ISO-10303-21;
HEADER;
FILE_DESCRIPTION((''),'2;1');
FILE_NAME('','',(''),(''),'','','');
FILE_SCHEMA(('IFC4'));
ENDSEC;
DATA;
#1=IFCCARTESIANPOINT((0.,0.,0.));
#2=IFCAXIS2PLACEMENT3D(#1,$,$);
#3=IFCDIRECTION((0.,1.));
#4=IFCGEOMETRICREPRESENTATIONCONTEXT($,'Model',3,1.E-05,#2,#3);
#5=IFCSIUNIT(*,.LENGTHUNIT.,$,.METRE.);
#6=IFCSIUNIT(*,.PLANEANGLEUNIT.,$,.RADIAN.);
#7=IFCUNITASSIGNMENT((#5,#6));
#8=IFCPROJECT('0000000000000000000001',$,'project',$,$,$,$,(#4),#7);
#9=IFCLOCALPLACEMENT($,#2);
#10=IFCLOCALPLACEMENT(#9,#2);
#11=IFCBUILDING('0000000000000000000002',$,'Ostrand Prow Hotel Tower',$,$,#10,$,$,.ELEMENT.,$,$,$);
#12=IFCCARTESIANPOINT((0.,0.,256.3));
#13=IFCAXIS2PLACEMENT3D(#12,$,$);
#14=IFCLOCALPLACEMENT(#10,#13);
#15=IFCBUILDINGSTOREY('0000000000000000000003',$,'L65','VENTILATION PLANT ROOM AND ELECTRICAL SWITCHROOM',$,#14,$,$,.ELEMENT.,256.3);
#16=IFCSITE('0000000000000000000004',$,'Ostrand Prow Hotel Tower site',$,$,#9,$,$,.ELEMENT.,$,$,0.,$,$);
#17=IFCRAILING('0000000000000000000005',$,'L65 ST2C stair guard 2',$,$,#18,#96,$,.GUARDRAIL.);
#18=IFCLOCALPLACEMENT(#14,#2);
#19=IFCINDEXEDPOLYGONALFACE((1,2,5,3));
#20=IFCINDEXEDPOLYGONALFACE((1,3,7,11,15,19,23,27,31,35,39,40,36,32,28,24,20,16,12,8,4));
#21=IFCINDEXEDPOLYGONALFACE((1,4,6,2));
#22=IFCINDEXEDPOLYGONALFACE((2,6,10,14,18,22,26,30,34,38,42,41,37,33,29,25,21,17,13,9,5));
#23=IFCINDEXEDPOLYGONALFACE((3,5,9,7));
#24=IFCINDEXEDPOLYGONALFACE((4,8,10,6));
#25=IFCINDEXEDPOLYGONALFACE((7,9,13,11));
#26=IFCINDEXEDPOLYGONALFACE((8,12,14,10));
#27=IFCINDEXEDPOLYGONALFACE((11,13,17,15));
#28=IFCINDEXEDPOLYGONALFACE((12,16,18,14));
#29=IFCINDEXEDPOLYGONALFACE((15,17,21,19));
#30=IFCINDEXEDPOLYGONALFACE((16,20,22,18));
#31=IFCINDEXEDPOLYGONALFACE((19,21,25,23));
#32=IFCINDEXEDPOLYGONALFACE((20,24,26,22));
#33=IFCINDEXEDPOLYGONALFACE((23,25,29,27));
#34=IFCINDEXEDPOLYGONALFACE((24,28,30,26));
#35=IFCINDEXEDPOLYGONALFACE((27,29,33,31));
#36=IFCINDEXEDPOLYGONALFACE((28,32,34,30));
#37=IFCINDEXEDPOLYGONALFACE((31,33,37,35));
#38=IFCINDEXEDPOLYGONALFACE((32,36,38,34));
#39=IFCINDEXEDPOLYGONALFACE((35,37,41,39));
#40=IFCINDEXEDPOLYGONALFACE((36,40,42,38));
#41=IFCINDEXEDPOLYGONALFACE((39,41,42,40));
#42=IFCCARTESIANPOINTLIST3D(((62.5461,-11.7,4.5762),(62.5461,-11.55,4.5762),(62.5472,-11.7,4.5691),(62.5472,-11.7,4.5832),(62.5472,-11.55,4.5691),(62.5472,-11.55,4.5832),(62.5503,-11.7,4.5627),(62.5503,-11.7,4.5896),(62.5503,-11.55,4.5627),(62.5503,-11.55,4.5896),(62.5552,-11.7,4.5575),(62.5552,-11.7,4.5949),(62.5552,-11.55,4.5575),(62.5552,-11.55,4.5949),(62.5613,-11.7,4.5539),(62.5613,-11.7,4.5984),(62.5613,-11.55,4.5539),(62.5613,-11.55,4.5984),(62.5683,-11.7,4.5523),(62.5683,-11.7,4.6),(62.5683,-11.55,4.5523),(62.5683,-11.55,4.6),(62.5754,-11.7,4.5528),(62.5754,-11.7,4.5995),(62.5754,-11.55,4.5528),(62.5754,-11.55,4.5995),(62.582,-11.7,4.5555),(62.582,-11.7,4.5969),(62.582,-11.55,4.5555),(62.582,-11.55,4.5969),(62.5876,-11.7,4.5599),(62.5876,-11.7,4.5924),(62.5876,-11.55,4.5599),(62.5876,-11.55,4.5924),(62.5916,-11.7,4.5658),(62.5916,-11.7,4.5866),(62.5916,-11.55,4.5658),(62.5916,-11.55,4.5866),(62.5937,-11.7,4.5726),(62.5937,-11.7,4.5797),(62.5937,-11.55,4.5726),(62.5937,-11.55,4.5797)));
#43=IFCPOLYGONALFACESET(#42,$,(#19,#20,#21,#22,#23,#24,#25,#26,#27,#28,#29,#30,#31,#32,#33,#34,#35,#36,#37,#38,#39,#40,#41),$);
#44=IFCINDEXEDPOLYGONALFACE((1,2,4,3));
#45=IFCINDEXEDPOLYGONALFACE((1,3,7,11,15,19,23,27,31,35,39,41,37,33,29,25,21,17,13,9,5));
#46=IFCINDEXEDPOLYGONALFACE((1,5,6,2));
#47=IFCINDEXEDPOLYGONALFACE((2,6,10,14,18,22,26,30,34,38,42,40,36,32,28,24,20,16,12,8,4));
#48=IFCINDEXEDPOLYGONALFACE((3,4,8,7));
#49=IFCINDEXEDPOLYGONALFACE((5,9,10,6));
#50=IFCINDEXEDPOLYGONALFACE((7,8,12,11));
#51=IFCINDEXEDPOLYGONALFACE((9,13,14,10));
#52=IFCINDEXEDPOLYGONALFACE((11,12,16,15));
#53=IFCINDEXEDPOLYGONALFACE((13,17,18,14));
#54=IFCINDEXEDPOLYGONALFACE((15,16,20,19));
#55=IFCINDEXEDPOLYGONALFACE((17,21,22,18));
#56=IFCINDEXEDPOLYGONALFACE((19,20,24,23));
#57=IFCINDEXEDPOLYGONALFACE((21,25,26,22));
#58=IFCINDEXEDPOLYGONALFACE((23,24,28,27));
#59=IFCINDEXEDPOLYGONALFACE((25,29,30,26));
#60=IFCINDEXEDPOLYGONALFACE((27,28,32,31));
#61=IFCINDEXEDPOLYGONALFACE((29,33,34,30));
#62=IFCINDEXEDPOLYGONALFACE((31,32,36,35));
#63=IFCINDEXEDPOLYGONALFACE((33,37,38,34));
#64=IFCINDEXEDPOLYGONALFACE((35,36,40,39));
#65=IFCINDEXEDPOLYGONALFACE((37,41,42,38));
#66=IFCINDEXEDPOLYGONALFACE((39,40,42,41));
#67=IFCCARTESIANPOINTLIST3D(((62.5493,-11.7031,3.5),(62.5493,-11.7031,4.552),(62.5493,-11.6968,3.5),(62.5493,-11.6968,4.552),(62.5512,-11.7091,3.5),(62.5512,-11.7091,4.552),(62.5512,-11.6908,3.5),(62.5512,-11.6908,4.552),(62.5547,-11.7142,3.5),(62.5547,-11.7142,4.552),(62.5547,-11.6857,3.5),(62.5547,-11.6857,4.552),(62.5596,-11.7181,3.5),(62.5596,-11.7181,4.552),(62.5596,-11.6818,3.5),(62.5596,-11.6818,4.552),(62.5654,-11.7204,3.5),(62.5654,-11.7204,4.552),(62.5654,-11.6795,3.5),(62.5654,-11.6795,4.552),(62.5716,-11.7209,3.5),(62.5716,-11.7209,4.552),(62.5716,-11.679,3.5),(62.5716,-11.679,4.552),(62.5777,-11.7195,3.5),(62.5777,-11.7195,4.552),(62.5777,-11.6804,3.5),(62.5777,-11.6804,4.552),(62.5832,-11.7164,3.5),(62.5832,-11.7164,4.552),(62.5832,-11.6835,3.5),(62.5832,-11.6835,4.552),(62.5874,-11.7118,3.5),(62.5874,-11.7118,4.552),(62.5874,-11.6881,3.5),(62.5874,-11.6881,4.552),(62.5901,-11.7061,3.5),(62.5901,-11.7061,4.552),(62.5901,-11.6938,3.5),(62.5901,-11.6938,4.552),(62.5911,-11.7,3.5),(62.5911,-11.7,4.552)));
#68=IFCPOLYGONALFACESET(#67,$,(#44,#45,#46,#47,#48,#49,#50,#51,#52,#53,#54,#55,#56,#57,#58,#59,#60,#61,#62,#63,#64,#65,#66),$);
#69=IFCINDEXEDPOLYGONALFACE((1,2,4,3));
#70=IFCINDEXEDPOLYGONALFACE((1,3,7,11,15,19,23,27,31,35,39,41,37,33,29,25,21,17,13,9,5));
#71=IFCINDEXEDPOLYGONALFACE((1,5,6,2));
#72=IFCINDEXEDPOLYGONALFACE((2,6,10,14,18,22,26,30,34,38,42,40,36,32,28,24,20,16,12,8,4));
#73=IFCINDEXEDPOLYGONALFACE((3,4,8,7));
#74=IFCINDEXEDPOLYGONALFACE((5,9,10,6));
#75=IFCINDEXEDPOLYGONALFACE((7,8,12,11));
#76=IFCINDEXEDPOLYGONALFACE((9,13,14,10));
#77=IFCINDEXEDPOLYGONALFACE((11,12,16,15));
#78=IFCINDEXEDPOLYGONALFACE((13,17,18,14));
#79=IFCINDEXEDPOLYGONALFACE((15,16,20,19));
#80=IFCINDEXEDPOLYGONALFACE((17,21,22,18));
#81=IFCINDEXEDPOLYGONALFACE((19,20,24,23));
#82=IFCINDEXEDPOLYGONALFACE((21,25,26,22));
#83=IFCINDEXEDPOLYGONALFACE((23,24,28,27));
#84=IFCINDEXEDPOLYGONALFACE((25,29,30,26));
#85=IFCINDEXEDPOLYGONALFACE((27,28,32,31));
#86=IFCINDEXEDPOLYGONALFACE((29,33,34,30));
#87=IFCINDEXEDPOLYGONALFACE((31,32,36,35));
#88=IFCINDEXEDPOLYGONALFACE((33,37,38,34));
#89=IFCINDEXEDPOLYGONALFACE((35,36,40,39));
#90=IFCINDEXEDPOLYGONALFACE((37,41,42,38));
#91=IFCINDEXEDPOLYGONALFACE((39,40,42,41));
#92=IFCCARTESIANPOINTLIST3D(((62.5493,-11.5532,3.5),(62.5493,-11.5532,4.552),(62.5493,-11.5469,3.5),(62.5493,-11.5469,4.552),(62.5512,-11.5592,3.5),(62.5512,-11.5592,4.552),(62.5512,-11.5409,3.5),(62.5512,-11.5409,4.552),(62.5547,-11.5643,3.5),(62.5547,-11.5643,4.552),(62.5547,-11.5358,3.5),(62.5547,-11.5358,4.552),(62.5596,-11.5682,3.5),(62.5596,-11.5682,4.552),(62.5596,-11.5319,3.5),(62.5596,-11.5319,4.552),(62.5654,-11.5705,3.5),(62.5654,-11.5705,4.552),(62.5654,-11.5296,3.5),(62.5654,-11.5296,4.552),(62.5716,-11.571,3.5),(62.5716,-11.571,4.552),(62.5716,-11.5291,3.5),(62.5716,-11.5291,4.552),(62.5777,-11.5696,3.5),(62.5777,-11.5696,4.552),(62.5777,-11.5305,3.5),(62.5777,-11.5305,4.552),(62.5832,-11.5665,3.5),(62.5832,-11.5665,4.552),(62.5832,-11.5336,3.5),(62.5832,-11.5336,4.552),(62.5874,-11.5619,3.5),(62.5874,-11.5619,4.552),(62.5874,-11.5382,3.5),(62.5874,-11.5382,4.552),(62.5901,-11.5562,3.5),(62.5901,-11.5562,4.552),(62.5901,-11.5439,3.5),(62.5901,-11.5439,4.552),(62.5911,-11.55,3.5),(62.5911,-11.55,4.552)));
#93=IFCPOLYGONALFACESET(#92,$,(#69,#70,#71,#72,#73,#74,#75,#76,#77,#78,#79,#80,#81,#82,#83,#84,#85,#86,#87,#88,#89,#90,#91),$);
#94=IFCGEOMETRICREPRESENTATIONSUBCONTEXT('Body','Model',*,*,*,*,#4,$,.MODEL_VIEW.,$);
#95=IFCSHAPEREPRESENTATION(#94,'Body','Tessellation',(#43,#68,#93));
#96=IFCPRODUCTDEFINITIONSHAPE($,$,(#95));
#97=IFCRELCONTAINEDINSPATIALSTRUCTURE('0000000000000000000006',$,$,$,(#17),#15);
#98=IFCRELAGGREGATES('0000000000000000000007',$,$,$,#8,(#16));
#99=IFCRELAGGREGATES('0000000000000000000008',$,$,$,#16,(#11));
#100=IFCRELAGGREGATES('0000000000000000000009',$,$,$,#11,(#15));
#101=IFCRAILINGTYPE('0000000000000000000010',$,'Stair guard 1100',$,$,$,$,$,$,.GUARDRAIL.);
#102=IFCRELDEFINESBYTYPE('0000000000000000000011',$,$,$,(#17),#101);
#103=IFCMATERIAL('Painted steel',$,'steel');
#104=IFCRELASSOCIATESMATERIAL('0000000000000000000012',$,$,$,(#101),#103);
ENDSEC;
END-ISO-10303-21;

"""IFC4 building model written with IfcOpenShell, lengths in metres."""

from ifc_helpers import new_model, si_unit, direction, frame, origin, origin_2d, place, context, subcontext, project, spatial, circle, extrude, material, type_object, element, save


model = new_model("IFC4")

# Units and contexts
model_context = context("Model", 3, precision=1e-05, world=origin(), true_north=direction((0.0, 1.0)))
body_context = subcontext(model_context, "Body", "Model", "MODEL_VIEW")
ifc_project = project(units=[si_unit("LENGTHUNIT", "METRE"), si_unit("PLANEANGLEUNIT", "RADIAN")], contexts=[model_context])

# Site, building, storey
site_placement = place(None, origin())
site = spatial("IfcSite", under=ifc_project, at=site_placement, Name="Ostrand Prow Hotel Tower site", CompositionType="ELEMENT", RefElevation=0.0)
building_placement = place(site_placement, origin())
building = spatial("IfcBuilding", under=site, at=building_placement, Name="Ostrand Prow Hotel Tower", CompositionType="ELEMENT")
storey_placement = place(building_placement, frame((0.0, 0.0, 256.3)))
storey = spatial("IfcBuildingStorey", under=building, at=storey_placement, Name="L65", Description="VENTILATION PLANT ROOM AND ELECTRICAL SWITCHROOM", CompositionType="ELEMENT", Elevation=256.3)

# Railing
ifc_material_1 = material(Name="Painted steel", Category="steel")
railing_type_1 = type_object("IfcRailingType", Name="Stair guard 1100", PredefinedType="GUARDRAIL", material=ifc_material_1)
railing_1_placement = place(storey_placement, frame((62.5701, -11.7, 3.5)))
element("IfcRailing", 1, at=railing_1_placement, inside=storey, type_object=railing_type_1, Name="L65 ST2C stair guard 2", PredefinedType="GUARDRAIL", context=body_context, shape_type="SweptSolid", body=[
    extrude(circle(Radius=0.0239, at=origin_2d()), frame((0.0, 0.0, 1.0762), z_axis=(0.0, 1.0, 0.0), x_axis=(-1.0, 0.0, 0.0)), (0.0, 0.0, 1.0), 0.1499),
    extrude(circle(Radius=0.021, at=origin_2d()), origin(), (0.0, 0.0, 1.0), 1.052),
    extrude(circle(Radius=0.021, at=origin_2d()), frame((0.0, 0.1499, 0.0)), (0.0, 0.0, 1.0), 1.052),
])

save(model, "model.ifc")
